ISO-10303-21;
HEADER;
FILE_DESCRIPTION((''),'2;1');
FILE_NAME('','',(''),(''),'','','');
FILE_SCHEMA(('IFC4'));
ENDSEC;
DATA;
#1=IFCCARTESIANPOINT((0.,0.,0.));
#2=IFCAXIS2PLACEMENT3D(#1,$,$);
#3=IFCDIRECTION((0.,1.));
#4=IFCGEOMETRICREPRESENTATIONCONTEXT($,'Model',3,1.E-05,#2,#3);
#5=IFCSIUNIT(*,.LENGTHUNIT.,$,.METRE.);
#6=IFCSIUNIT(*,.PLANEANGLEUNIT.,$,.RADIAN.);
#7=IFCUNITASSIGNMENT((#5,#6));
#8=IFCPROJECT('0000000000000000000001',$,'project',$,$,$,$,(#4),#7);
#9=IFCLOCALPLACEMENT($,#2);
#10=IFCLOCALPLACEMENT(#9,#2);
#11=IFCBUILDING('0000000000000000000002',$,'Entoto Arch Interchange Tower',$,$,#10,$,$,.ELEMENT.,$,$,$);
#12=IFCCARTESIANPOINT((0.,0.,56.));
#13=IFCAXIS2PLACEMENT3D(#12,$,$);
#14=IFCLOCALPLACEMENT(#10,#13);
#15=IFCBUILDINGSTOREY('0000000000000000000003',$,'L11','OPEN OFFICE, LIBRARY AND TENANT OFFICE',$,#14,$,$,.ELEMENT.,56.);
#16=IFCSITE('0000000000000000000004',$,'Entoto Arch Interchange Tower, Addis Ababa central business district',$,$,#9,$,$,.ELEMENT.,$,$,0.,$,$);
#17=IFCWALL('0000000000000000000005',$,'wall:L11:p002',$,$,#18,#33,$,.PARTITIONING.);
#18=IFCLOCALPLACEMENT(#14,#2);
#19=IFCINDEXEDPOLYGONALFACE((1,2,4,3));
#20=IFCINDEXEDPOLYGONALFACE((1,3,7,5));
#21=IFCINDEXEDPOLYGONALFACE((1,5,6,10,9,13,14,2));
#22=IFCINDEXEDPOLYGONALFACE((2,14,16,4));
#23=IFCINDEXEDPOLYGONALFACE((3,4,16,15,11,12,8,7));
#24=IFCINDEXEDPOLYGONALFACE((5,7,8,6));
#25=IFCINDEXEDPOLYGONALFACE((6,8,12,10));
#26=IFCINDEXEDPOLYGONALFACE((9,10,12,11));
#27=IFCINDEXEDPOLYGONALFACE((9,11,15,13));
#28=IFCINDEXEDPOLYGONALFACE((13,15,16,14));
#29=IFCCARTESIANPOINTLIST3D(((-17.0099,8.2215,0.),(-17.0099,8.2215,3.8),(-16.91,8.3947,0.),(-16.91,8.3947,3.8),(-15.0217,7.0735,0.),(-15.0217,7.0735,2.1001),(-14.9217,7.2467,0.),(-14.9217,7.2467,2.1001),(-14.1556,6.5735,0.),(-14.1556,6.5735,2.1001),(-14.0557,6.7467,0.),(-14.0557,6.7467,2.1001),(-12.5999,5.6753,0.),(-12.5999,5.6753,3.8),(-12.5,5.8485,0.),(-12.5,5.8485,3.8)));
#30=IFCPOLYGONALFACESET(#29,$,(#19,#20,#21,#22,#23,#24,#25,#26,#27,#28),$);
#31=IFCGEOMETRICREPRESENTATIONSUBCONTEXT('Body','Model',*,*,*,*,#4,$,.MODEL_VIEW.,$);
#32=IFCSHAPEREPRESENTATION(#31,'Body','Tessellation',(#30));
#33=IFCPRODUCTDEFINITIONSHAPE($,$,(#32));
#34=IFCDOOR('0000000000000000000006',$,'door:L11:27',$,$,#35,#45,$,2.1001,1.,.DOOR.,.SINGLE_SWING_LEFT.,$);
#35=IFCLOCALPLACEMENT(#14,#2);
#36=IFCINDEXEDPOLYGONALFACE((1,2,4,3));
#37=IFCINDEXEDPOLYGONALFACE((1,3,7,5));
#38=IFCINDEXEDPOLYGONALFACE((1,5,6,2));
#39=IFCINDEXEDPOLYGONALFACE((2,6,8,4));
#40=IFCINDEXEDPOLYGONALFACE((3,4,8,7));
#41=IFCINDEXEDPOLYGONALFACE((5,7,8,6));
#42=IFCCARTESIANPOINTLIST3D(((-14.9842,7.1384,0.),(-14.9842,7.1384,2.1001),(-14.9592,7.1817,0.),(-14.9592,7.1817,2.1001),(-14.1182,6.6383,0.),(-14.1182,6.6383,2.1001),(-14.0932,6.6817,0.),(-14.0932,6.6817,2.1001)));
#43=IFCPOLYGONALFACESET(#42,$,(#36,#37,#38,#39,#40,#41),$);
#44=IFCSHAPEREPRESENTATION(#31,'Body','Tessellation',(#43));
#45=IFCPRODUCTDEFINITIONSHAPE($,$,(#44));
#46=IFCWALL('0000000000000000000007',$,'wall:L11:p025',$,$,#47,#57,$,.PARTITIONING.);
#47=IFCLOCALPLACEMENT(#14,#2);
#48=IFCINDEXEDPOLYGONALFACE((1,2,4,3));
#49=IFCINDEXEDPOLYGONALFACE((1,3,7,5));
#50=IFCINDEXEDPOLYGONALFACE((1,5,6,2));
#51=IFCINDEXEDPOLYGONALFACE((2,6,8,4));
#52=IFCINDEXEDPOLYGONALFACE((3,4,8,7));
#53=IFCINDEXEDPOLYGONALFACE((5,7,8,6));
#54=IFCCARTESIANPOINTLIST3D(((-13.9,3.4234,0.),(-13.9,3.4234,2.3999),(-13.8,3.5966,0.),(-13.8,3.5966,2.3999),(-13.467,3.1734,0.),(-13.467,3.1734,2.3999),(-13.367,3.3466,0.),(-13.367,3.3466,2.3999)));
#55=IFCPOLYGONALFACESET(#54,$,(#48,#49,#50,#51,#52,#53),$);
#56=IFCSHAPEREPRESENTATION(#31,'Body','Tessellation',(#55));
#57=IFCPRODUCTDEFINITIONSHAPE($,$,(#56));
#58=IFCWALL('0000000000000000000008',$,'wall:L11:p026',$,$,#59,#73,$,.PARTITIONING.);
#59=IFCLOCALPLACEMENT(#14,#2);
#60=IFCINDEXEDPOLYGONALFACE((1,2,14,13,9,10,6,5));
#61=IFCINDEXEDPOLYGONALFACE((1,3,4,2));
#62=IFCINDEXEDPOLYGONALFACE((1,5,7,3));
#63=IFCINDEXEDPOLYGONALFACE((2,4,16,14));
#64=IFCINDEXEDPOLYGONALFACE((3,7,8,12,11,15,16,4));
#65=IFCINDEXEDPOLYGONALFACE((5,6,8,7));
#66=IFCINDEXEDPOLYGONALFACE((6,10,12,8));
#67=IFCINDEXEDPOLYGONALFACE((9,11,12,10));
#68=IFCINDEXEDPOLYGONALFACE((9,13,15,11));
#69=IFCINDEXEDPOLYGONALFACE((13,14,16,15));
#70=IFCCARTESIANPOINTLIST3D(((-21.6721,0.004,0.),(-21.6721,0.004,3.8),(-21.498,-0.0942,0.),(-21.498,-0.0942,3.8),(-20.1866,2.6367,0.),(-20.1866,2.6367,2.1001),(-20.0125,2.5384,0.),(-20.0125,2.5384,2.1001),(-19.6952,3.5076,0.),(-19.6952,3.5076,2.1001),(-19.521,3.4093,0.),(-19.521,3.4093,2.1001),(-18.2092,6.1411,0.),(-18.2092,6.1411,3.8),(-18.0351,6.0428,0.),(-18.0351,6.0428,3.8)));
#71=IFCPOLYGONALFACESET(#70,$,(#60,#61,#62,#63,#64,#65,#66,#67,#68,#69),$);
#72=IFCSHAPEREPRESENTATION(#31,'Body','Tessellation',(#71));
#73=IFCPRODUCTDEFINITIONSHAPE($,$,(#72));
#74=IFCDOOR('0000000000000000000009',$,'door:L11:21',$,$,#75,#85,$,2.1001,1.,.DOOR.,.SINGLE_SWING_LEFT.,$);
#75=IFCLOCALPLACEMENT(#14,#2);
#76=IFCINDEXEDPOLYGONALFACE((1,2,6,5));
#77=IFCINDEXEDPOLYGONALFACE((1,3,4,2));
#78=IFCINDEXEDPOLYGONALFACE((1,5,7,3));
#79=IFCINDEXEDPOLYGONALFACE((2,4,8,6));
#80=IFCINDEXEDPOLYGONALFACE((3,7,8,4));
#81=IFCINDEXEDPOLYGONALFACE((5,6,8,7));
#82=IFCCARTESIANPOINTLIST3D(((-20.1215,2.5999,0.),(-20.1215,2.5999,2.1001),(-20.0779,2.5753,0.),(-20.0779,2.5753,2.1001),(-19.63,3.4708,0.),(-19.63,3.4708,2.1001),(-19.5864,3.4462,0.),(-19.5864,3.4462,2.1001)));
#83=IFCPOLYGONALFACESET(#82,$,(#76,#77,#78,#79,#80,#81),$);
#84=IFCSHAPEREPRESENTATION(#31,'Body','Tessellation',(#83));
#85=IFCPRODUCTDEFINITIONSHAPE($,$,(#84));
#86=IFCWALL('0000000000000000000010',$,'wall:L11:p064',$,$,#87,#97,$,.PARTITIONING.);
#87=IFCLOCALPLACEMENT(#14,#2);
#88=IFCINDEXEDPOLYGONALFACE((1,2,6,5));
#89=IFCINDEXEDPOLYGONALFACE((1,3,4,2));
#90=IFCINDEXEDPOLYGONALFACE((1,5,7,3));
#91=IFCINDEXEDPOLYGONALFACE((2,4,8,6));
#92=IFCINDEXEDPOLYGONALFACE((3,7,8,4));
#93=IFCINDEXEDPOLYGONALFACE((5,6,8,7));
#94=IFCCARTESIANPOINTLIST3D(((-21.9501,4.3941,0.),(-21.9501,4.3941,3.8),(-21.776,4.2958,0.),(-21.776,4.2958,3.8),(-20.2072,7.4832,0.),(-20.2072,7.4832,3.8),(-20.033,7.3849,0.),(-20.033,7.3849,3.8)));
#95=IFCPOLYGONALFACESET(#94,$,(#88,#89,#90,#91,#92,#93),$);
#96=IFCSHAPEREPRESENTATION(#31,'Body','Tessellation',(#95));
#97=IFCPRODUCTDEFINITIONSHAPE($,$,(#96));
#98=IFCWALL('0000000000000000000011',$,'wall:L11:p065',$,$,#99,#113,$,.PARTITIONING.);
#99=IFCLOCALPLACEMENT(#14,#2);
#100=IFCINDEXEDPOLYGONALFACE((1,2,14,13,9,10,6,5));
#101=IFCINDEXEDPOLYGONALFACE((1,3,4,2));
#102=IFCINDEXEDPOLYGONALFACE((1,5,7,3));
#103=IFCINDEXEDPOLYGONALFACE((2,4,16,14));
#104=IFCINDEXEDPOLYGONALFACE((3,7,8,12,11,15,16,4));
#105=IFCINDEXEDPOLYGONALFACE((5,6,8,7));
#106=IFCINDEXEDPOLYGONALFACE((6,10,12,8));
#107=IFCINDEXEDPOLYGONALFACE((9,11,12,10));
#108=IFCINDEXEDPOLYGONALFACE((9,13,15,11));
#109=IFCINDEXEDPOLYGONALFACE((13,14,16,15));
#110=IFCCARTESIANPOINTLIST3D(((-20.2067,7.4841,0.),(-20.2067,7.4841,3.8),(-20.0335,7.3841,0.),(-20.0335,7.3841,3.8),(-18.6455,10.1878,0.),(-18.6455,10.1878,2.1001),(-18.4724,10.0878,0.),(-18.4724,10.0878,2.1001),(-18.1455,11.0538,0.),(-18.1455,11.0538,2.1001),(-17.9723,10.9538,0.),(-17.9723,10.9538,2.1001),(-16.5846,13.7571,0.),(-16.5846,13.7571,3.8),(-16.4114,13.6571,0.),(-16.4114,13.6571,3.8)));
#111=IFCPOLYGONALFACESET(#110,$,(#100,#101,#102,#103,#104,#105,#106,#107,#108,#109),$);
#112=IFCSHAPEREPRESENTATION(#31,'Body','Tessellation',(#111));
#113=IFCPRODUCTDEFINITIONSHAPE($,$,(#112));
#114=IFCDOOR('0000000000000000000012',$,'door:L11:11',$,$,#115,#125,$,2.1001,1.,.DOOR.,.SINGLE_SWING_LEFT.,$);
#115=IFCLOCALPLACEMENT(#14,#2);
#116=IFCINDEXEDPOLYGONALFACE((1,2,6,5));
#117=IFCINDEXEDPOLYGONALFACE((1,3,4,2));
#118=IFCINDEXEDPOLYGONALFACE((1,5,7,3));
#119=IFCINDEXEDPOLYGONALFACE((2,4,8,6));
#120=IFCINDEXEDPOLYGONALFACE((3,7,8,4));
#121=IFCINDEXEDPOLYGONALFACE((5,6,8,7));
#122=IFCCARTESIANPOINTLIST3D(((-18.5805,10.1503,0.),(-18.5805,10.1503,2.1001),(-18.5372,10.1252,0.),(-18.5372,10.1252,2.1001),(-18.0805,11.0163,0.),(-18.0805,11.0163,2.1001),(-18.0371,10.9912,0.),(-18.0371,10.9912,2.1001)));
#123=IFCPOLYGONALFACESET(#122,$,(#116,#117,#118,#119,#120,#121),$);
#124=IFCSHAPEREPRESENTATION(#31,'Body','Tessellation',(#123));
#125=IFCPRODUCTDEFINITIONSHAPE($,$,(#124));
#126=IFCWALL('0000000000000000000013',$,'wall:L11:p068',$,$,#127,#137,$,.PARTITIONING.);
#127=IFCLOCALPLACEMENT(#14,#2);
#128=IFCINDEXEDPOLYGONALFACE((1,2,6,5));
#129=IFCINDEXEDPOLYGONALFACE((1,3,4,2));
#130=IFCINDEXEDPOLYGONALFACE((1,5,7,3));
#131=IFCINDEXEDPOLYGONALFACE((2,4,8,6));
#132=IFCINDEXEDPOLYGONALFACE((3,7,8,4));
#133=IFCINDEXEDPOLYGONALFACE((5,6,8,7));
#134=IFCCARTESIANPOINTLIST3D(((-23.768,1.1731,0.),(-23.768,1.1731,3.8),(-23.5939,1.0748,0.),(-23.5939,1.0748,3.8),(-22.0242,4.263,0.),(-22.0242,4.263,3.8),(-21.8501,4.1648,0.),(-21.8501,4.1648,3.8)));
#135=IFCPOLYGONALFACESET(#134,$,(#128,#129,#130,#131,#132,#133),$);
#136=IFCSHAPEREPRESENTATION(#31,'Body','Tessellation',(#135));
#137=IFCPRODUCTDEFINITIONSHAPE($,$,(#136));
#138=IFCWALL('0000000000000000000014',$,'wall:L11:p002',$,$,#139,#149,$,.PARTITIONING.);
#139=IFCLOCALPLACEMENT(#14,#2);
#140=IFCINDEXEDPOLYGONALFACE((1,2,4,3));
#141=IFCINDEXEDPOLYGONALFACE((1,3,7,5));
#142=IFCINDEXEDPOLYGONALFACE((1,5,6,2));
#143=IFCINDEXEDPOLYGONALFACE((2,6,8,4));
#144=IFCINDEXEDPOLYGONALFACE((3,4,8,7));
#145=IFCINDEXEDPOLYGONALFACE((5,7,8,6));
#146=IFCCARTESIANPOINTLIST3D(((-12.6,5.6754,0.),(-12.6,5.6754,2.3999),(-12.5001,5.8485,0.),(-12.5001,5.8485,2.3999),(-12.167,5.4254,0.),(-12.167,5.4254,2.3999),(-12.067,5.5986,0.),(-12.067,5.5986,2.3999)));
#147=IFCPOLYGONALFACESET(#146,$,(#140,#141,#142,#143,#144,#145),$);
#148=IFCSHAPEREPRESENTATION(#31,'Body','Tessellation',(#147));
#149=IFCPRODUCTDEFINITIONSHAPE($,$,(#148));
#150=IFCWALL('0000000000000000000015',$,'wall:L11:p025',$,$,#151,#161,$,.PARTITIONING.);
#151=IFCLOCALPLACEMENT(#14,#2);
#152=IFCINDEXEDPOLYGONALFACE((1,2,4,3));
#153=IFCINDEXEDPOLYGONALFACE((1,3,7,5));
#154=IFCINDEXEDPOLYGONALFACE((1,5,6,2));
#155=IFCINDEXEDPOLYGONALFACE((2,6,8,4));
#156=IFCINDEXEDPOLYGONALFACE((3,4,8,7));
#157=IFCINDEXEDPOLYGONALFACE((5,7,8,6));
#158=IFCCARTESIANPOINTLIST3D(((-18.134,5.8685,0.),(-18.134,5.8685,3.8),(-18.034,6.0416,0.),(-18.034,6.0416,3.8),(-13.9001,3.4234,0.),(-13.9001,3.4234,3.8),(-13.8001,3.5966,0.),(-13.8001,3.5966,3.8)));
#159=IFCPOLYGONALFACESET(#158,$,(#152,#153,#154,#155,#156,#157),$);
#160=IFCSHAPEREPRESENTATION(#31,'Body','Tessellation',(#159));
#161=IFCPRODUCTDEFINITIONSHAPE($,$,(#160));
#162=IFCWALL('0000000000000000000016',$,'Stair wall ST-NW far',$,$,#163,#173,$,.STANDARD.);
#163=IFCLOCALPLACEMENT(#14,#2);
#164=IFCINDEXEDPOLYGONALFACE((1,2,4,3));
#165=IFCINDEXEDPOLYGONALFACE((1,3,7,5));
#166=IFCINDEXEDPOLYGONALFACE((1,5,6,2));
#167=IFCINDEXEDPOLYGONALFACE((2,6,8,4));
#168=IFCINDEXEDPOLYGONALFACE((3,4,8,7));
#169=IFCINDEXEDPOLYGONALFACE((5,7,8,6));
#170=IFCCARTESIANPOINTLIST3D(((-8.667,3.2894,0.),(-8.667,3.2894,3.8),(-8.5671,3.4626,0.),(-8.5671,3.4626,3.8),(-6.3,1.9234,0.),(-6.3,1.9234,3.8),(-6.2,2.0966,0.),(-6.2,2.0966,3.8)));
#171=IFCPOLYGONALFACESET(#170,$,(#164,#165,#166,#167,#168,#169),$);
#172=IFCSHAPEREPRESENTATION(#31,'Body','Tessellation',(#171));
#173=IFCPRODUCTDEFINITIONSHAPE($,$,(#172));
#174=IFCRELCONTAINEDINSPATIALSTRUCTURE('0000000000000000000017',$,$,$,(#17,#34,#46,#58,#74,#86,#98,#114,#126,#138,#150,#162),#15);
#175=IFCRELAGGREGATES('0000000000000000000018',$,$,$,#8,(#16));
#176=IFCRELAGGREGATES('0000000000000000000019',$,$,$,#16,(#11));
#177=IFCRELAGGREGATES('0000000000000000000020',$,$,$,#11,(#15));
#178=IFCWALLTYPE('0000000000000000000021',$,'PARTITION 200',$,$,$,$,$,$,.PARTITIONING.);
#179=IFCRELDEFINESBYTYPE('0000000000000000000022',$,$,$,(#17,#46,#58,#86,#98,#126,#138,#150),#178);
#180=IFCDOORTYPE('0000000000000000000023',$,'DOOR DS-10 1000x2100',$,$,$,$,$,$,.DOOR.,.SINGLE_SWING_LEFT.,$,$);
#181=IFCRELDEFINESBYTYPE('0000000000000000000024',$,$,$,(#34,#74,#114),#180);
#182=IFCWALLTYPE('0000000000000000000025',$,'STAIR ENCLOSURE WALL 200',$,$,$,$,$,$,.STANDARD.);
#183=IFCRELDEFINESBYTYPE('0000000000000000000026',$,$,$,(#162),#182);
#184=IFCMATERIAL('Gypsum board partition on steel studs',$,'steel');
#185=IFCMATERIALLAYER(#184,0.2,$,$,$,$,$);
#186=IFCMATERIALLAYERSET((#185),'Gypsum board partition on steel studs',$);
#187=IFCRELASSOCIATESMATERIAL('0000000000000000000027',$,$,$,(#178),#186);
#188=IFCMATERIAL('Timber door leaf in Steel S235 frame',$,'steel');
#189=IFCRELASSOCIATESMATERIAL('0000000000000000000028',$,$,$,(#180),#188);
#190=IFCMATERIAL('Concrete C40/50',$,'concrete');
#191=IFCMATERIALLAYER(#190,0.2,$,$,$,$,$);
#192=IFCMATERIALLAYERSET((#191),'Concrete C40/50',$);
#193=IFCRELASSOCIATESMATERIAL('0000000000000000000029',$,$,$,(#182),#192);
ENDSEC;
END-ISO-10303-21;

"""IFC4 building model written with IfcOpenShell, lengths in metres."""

from ifc_helpers import new_model, si_unit, direction, frame, frame_2d, origin, place, context, subcontext, project, spatial, rectangle, extrude, material, layer, layer_set, type_object, element, fill, save


model = new_model("IFC4")

# Units and contexts
model_context = context("Model", 3, precision=1e-05, world=origin(), true_north=direction((0.0, 1.0)))
body_context = subcontext(model_context, "Body", "Model", "MODEL_VIEW")
ifc_project = project(units=[si_unit("LENGTHUNIT", "METRE"), si_unit("PLANEANGLEUNIT", "RADIAN")], contexts=[model_context])

# Site, building, storey
site_placement = place(None, origin())
site = spatial("IfcSite", under=ifc_project, at=site_placement, Name="Entoto Arch Interchange Tower, Addis Ababa central business district", CompositionType="ELEMENT", RefElevation=0.0)
building_placement = place(site_placement, origin())
building = spatial("IfcBuilding", under=site, at=building_placement, Name="Entoto Arch Interchange Tower", CompositionType="ELEMENT")
storey_placement = place(building_placement, frame((0.0, 0.0, 56.0)))
storey = spatial("IfcBuildingStorey", under=building, at=storey_placement, Name="L11", Description="OPEN OFFICE, LIBRARY AND TENANT OFFICE", CompositionType="ELEMENT", Elevation=56.0)

# Shared definitions
ifc_material_1 = material(Name="Concrete C40/50", Category="concrete")

# Shared definitions
ifc_material_2 = material(Name="Gypsum board partition on steel studs", Category="steel")

# Wall, opening, door
ifc_layer_1 = layer(ifc_material_2, 0.2)
ifc_layer_set_1 = layer_set([ifc_layer_1], Name="Gypsum board partition on steel studs")
wall_type_1 = type_object("IfcWallType", Name="PARTITION 200", PredefinedType="PARTITIONING", material=ifc_layer_set_1)
wall_1_placement = place(storey_placement, frame((-16.96, 8.3081, 0.0), z_axis=(0.0, 0.0, 1.0), x_axis=(0.866019, -0.500012, 0.0)))
wall_1 = element("IfcWall", 1, at=wall_1_placement, inside=storey, type_object=wall_type_1, Name="wall:L11:p002", PredefinedType="PARTITIONING", context=body_context, shape_type="SweptSolid", body=[
    extrude(rectangle(XDim=5.0923, YDim=0.2, at=frame_2d((2.5461, 0.0))), origin(), (0.0, 0.0, 1.0), 3.8),
])
opening_1_placement = place(wall_1_placement, frame((2.2959, 0.0, 0.0)))
opening_1 = element("IfcOpeningElement", 2, at=opening_1_placement, cuts=wall_1, PredefinedType="OPENING", context=body_context, shape_type="SweptSolid", body=[
    extrude(rectangle(XDim=1.0, YDim=2.1001, at=frame_2d((0.5, 1.05))), frame((0.0, 0.1099, 0.0), z_axis=(0.0, -1.0, 0.0), x_axis=(1.0, 0.0, 0.0)), (0.0, 0.0, 1.0), 0.22),
])
ifc_material_3 = material(Name="Timber door leaf in Steel S235 frame", Category="steel")
door_type_1 = type_object("IfcDoorType", Name="DOOR DS-10 1000x2100", OperationType="SINGLE_SWING_LEFT", PredefinedType="DOOR", material=ifc_material_3)
door_1_placement = place(opening_1_placement, origin())
door_1 = element("IfcDoor", 3, at=door_1_placement, inside=storey, type_object=door_type_1, Name="door:L11:27", OperationType="SINGLE_SWING_LEFT", OverallHeight=2.1001, OverallWidth=1.0, PredefinedType="DOOR", context=body_context, shape_type="SweptSolid", body=[
    extrude(rectangle(XDim=1.0, YDim=2.1001, at=frame_2d((0.5, 1.05))), frame((0.0, 0.0249, 0.0), z_axis=(0.0, -1.0, 0.0), x_axis=(1.0, 0.0, 0.0)), (0.0, 0.0, 1.0), 0.05),
])
fill(opening_1, door_1)

# Wall
wall_2_placement = place(storey_placement, frame((-13.417, 3.26, 0.0), z_axis=(0.0, 0.0, 1.0), x_axis=(-0.866072, 0.49992, 0.0)))
element("IfcWall", 4, at=wall_2_placement, inside=storey, type_object=wall_type_1, Name="wall:L11:p025", PredefinedType="PARTITIONING", context=body_context, shape_type="SweptSolid", body=[
    extrude(rectangle(XDim=0.5, YDim=0.2, at=frame_2d((0.25, 0.0))), origin(), (0.0, 0.0, 1.0), 2.3999),
])

# Wall, opening, door
wall_3_placement = place(storey_placement, frame((-18.1221, 6.092, 0.0), z_axis=(0.0, 0.0, 1.0), x_axis=(-0.49143, -0.870917, 0.0)))
wall_3 = element("IfcWall", 5, at=wall_3_placement, inside=storey, type_object=wall_type_1, Name="wall:L11:p026", PredefinedType="PARTITIONING", context=body_context, shape_type="SweptSolid", body=[
    extrude(rectangle(XDim=7.0466, YDim=0.2, at=frame_2d((3.5234, 0.0))), origin(), (0.0, 0.0, 1.0), 3.8),
])
opening_2_placement = place(wall_3_placement, frame((3.0239, 0.0, 0.0)))
opening_2 = element("IfcOpeningElement", 6, at=opening_2_placement, cuts=wall_3, PredefinedType="OPENING", context=body_context, shape_type="SweptSolid", body=[
    extrude(rectangle(XDim=1.0, YDim=2.1001, at=frame_2d((0.5, 1.05))), frame((0.0, 0.1099, 0.0), z_axis=(0.0, -1.0, 0.0), x_axis=(1.0, 0.0, 0.0)), (0.0, 0.0, 1.0), 0.22),
])
door_2_placement = place(opening_2_placement, origin())
door_2 = element("IfcDoor", 7, at=door_2_placement, inside=storey, type_object=door_type_1, Name="door:L11:21", OperationType="SINGLE_SWING_LEFT", OverallHeight=2.1001, OverallWidth=1.0, PredefinedType="DOOR", context=body_context, shape_type="SweptSolid", body=[
    extrude(rectangle(XDim=1.0, YDim=2.1001, at=frame_2d((0.5, 1.05))), frame((0.0, 0.0249, 0.0), z_axis=(0.0, -1.0, 0.0), x_axis=(1.0, 0.0, 0.0)), (0.0, 0.0, 1.0), 0.05),
])
fill(opening_2, door_2)

# Wall
wall_4_placement = place(storey_placement, frame((-21.863, 4.345, 0.0), z_axis=(0.0, 0.0, 1.0), x_axis=(0.491395, 0.870937, 0.0)))
element("IfcWall", 8, at=wall_4_placement, inside=storey, type_object=wall_type_1, Name="wall:L11:p064", PredefinedType="PARTITIONING", context=body_context, shape_type="SweptSolid", body=[
    extrude(rectangle(XDim=3.5469, YDim=0.2, at=frame_2d((1.7734, 0.0))), origin(), (0.0, 0.0, 1.0), 3.8),
])

# Wall, opening, door
wall_5_placement = place(storey_placement, frame((-20.1201, 7.4341, 0.0), z_axis=(0.0, 0.0, 1.0), x_axis=(0.500039, 0.866003, 0.0)))
wall_5 = element("IfcWall", 9, at=wall_5_placement, inside=storey, type_object=wall_type_1, Name="wall:L11:p065", PredefinedType="PARTITIONING", context=body_context, shape_type="SweptSolid", body=[
    extrude(rectangle(XDim=7.2437, YDim=0.2, at=frame_2d((3.6218, 0.0))), origin(), (0.0, 0.0, 1.0), 3.8),
])
opening_3_placement = place(wall_5_placement, frame((3.1221, 0.0, 0.0)))
opening_3 = element("IfcOpeningElement", 10, at=opening_3_placement, cuts=wall_5, PredefinedType="OPENING", context=body_context, shape_type="SweptSolid", body=[
    extrude(rectangle(XDim=1.0, YDim=2.1001, at=frame_2d((0.5, 1.05))), frame((0.0, 0.1099, 0.0), z_axis=(0.0, -1.0, 0.0), x_axis=(1.0, 0.0, 0.0)), (0.0, 0.0, 1.0), 0.22),
])
door_3_placement = place(opening_3_placement, origin())
door_3 = element("IfcDoor", 11, at=door_3_placement, inside=storey, type_object=door_type_1, Name="door:L11:11", OperationType="SINGLE_SWING_LEFT", OverallHeight=2.1001, OverallWidth=1.0, PredefinedType="DOOR", context=body_context, shape_type="SweptSolid", body=[
    extrude(rectangle(XDim=1.0, YDim=2.1001, at=frame_2d((0.5, 1.05))), frame((0.0, 0.0249, 0.0), z_axis=(0.0, -1.0, 0.0), x_axis=(1.0, 0.0, 0.0)), (0.0, 0.0, 1.0), 0.05),
])
fill(opening_3, door_3)

# Walls
wall_6_placement = place(storey_placement, frame((-23.6809, 1.124, 0.0), z_axis=(0.0, 0.0, 1.0), x_axis=(0.491486, 0.870886, 0.0)))
element("IfcWall", 12, at=wall_6_placement, inside=storey, type_object=wall_type_1, Name="wall:L11:p068", PredefinedType="PARTITIONING", context=body_context, shape_type="SweptSolid", body=[
    extrude(rectangle(XDim=3.5481, YDim=0.2, at=frame_2d((1.7739, 0.0))), origin(), (0.0, 0.0, 1.0), 3.8),
])
wall_7_placement = place(storey_placement, frame((-12.55, 5.762, 0.0), z_axis=(0.0, 0.0, 1.0), x_axis=(0.866072, -0.49992, 0.0)))
element("IfcWall", 13, at=wall_7_placement, inside=storey, type_object=wall_type_1, Name="wall:L11:p002", PredefinedType="PARTITIONING", context=body_context, shape_type="SweptSolid", body=[
    extrude(rectangle(XDim=0.5, YDim=0.2, at=frame_2d((0.25, 0.0))), origin(), (0.0, 0.0, 1.0), 2.3999),
])
wall_8_placement = place(storey_placement, frame((-13.8501, 3.51, 0.0), z_axis=(0.0, 0.0, 1.0), x_axis=(-0.865969, 0.500097, 0.0)))
element("IfcWall", 14, at=wall_8_placement, inside=storey, type_object=wall_type_1, Name="wall:L11:p025", PredefinedType="PARTITIONING", context=body_context, shape_type="SweptSolid", body=[
    extrude(rectangle(XDim=4.8892, YDim=0.2, at=frame_2d((2.4446, 0.0))), origin(), (0.0, 0.0, 1.0), 3.8),
])
ifc_layer_2 = layer(ifc_material_1, 0.2)
ifc_layer_set_2 = layer_set([ifc_layer_2], Name="Concrete C40/50")
wall_type_2 = type_object("IfcWallType", Name="STAIR ENCLOSURE WALL 200", PredefinedType="STANDARD", material=ifc_layer_set_2)
wall_9_placement = place(storey_placement, frame((-6.25, 2.01, 0.0), z_axis=(0.0, 0.0, 1.0), x_axis=(-0.866119, 0.499838, 0.0)))
element("IfcWall", 15, at=wall_9_placement, inside=storey, type_object=wall_type_2, Name="Stair wall ST-NW far", PredefinedType="STANDARD", context=body_context, shape_type="SweptSolid", body=[
    extrude(rectangle(XDim=2.7329, YDim=0.2, at=frame_2d((1.3665, 0.0))), origin(), (0.0, 0.0, 1.0), 3.8),
])

save(model, "model.ifc")
